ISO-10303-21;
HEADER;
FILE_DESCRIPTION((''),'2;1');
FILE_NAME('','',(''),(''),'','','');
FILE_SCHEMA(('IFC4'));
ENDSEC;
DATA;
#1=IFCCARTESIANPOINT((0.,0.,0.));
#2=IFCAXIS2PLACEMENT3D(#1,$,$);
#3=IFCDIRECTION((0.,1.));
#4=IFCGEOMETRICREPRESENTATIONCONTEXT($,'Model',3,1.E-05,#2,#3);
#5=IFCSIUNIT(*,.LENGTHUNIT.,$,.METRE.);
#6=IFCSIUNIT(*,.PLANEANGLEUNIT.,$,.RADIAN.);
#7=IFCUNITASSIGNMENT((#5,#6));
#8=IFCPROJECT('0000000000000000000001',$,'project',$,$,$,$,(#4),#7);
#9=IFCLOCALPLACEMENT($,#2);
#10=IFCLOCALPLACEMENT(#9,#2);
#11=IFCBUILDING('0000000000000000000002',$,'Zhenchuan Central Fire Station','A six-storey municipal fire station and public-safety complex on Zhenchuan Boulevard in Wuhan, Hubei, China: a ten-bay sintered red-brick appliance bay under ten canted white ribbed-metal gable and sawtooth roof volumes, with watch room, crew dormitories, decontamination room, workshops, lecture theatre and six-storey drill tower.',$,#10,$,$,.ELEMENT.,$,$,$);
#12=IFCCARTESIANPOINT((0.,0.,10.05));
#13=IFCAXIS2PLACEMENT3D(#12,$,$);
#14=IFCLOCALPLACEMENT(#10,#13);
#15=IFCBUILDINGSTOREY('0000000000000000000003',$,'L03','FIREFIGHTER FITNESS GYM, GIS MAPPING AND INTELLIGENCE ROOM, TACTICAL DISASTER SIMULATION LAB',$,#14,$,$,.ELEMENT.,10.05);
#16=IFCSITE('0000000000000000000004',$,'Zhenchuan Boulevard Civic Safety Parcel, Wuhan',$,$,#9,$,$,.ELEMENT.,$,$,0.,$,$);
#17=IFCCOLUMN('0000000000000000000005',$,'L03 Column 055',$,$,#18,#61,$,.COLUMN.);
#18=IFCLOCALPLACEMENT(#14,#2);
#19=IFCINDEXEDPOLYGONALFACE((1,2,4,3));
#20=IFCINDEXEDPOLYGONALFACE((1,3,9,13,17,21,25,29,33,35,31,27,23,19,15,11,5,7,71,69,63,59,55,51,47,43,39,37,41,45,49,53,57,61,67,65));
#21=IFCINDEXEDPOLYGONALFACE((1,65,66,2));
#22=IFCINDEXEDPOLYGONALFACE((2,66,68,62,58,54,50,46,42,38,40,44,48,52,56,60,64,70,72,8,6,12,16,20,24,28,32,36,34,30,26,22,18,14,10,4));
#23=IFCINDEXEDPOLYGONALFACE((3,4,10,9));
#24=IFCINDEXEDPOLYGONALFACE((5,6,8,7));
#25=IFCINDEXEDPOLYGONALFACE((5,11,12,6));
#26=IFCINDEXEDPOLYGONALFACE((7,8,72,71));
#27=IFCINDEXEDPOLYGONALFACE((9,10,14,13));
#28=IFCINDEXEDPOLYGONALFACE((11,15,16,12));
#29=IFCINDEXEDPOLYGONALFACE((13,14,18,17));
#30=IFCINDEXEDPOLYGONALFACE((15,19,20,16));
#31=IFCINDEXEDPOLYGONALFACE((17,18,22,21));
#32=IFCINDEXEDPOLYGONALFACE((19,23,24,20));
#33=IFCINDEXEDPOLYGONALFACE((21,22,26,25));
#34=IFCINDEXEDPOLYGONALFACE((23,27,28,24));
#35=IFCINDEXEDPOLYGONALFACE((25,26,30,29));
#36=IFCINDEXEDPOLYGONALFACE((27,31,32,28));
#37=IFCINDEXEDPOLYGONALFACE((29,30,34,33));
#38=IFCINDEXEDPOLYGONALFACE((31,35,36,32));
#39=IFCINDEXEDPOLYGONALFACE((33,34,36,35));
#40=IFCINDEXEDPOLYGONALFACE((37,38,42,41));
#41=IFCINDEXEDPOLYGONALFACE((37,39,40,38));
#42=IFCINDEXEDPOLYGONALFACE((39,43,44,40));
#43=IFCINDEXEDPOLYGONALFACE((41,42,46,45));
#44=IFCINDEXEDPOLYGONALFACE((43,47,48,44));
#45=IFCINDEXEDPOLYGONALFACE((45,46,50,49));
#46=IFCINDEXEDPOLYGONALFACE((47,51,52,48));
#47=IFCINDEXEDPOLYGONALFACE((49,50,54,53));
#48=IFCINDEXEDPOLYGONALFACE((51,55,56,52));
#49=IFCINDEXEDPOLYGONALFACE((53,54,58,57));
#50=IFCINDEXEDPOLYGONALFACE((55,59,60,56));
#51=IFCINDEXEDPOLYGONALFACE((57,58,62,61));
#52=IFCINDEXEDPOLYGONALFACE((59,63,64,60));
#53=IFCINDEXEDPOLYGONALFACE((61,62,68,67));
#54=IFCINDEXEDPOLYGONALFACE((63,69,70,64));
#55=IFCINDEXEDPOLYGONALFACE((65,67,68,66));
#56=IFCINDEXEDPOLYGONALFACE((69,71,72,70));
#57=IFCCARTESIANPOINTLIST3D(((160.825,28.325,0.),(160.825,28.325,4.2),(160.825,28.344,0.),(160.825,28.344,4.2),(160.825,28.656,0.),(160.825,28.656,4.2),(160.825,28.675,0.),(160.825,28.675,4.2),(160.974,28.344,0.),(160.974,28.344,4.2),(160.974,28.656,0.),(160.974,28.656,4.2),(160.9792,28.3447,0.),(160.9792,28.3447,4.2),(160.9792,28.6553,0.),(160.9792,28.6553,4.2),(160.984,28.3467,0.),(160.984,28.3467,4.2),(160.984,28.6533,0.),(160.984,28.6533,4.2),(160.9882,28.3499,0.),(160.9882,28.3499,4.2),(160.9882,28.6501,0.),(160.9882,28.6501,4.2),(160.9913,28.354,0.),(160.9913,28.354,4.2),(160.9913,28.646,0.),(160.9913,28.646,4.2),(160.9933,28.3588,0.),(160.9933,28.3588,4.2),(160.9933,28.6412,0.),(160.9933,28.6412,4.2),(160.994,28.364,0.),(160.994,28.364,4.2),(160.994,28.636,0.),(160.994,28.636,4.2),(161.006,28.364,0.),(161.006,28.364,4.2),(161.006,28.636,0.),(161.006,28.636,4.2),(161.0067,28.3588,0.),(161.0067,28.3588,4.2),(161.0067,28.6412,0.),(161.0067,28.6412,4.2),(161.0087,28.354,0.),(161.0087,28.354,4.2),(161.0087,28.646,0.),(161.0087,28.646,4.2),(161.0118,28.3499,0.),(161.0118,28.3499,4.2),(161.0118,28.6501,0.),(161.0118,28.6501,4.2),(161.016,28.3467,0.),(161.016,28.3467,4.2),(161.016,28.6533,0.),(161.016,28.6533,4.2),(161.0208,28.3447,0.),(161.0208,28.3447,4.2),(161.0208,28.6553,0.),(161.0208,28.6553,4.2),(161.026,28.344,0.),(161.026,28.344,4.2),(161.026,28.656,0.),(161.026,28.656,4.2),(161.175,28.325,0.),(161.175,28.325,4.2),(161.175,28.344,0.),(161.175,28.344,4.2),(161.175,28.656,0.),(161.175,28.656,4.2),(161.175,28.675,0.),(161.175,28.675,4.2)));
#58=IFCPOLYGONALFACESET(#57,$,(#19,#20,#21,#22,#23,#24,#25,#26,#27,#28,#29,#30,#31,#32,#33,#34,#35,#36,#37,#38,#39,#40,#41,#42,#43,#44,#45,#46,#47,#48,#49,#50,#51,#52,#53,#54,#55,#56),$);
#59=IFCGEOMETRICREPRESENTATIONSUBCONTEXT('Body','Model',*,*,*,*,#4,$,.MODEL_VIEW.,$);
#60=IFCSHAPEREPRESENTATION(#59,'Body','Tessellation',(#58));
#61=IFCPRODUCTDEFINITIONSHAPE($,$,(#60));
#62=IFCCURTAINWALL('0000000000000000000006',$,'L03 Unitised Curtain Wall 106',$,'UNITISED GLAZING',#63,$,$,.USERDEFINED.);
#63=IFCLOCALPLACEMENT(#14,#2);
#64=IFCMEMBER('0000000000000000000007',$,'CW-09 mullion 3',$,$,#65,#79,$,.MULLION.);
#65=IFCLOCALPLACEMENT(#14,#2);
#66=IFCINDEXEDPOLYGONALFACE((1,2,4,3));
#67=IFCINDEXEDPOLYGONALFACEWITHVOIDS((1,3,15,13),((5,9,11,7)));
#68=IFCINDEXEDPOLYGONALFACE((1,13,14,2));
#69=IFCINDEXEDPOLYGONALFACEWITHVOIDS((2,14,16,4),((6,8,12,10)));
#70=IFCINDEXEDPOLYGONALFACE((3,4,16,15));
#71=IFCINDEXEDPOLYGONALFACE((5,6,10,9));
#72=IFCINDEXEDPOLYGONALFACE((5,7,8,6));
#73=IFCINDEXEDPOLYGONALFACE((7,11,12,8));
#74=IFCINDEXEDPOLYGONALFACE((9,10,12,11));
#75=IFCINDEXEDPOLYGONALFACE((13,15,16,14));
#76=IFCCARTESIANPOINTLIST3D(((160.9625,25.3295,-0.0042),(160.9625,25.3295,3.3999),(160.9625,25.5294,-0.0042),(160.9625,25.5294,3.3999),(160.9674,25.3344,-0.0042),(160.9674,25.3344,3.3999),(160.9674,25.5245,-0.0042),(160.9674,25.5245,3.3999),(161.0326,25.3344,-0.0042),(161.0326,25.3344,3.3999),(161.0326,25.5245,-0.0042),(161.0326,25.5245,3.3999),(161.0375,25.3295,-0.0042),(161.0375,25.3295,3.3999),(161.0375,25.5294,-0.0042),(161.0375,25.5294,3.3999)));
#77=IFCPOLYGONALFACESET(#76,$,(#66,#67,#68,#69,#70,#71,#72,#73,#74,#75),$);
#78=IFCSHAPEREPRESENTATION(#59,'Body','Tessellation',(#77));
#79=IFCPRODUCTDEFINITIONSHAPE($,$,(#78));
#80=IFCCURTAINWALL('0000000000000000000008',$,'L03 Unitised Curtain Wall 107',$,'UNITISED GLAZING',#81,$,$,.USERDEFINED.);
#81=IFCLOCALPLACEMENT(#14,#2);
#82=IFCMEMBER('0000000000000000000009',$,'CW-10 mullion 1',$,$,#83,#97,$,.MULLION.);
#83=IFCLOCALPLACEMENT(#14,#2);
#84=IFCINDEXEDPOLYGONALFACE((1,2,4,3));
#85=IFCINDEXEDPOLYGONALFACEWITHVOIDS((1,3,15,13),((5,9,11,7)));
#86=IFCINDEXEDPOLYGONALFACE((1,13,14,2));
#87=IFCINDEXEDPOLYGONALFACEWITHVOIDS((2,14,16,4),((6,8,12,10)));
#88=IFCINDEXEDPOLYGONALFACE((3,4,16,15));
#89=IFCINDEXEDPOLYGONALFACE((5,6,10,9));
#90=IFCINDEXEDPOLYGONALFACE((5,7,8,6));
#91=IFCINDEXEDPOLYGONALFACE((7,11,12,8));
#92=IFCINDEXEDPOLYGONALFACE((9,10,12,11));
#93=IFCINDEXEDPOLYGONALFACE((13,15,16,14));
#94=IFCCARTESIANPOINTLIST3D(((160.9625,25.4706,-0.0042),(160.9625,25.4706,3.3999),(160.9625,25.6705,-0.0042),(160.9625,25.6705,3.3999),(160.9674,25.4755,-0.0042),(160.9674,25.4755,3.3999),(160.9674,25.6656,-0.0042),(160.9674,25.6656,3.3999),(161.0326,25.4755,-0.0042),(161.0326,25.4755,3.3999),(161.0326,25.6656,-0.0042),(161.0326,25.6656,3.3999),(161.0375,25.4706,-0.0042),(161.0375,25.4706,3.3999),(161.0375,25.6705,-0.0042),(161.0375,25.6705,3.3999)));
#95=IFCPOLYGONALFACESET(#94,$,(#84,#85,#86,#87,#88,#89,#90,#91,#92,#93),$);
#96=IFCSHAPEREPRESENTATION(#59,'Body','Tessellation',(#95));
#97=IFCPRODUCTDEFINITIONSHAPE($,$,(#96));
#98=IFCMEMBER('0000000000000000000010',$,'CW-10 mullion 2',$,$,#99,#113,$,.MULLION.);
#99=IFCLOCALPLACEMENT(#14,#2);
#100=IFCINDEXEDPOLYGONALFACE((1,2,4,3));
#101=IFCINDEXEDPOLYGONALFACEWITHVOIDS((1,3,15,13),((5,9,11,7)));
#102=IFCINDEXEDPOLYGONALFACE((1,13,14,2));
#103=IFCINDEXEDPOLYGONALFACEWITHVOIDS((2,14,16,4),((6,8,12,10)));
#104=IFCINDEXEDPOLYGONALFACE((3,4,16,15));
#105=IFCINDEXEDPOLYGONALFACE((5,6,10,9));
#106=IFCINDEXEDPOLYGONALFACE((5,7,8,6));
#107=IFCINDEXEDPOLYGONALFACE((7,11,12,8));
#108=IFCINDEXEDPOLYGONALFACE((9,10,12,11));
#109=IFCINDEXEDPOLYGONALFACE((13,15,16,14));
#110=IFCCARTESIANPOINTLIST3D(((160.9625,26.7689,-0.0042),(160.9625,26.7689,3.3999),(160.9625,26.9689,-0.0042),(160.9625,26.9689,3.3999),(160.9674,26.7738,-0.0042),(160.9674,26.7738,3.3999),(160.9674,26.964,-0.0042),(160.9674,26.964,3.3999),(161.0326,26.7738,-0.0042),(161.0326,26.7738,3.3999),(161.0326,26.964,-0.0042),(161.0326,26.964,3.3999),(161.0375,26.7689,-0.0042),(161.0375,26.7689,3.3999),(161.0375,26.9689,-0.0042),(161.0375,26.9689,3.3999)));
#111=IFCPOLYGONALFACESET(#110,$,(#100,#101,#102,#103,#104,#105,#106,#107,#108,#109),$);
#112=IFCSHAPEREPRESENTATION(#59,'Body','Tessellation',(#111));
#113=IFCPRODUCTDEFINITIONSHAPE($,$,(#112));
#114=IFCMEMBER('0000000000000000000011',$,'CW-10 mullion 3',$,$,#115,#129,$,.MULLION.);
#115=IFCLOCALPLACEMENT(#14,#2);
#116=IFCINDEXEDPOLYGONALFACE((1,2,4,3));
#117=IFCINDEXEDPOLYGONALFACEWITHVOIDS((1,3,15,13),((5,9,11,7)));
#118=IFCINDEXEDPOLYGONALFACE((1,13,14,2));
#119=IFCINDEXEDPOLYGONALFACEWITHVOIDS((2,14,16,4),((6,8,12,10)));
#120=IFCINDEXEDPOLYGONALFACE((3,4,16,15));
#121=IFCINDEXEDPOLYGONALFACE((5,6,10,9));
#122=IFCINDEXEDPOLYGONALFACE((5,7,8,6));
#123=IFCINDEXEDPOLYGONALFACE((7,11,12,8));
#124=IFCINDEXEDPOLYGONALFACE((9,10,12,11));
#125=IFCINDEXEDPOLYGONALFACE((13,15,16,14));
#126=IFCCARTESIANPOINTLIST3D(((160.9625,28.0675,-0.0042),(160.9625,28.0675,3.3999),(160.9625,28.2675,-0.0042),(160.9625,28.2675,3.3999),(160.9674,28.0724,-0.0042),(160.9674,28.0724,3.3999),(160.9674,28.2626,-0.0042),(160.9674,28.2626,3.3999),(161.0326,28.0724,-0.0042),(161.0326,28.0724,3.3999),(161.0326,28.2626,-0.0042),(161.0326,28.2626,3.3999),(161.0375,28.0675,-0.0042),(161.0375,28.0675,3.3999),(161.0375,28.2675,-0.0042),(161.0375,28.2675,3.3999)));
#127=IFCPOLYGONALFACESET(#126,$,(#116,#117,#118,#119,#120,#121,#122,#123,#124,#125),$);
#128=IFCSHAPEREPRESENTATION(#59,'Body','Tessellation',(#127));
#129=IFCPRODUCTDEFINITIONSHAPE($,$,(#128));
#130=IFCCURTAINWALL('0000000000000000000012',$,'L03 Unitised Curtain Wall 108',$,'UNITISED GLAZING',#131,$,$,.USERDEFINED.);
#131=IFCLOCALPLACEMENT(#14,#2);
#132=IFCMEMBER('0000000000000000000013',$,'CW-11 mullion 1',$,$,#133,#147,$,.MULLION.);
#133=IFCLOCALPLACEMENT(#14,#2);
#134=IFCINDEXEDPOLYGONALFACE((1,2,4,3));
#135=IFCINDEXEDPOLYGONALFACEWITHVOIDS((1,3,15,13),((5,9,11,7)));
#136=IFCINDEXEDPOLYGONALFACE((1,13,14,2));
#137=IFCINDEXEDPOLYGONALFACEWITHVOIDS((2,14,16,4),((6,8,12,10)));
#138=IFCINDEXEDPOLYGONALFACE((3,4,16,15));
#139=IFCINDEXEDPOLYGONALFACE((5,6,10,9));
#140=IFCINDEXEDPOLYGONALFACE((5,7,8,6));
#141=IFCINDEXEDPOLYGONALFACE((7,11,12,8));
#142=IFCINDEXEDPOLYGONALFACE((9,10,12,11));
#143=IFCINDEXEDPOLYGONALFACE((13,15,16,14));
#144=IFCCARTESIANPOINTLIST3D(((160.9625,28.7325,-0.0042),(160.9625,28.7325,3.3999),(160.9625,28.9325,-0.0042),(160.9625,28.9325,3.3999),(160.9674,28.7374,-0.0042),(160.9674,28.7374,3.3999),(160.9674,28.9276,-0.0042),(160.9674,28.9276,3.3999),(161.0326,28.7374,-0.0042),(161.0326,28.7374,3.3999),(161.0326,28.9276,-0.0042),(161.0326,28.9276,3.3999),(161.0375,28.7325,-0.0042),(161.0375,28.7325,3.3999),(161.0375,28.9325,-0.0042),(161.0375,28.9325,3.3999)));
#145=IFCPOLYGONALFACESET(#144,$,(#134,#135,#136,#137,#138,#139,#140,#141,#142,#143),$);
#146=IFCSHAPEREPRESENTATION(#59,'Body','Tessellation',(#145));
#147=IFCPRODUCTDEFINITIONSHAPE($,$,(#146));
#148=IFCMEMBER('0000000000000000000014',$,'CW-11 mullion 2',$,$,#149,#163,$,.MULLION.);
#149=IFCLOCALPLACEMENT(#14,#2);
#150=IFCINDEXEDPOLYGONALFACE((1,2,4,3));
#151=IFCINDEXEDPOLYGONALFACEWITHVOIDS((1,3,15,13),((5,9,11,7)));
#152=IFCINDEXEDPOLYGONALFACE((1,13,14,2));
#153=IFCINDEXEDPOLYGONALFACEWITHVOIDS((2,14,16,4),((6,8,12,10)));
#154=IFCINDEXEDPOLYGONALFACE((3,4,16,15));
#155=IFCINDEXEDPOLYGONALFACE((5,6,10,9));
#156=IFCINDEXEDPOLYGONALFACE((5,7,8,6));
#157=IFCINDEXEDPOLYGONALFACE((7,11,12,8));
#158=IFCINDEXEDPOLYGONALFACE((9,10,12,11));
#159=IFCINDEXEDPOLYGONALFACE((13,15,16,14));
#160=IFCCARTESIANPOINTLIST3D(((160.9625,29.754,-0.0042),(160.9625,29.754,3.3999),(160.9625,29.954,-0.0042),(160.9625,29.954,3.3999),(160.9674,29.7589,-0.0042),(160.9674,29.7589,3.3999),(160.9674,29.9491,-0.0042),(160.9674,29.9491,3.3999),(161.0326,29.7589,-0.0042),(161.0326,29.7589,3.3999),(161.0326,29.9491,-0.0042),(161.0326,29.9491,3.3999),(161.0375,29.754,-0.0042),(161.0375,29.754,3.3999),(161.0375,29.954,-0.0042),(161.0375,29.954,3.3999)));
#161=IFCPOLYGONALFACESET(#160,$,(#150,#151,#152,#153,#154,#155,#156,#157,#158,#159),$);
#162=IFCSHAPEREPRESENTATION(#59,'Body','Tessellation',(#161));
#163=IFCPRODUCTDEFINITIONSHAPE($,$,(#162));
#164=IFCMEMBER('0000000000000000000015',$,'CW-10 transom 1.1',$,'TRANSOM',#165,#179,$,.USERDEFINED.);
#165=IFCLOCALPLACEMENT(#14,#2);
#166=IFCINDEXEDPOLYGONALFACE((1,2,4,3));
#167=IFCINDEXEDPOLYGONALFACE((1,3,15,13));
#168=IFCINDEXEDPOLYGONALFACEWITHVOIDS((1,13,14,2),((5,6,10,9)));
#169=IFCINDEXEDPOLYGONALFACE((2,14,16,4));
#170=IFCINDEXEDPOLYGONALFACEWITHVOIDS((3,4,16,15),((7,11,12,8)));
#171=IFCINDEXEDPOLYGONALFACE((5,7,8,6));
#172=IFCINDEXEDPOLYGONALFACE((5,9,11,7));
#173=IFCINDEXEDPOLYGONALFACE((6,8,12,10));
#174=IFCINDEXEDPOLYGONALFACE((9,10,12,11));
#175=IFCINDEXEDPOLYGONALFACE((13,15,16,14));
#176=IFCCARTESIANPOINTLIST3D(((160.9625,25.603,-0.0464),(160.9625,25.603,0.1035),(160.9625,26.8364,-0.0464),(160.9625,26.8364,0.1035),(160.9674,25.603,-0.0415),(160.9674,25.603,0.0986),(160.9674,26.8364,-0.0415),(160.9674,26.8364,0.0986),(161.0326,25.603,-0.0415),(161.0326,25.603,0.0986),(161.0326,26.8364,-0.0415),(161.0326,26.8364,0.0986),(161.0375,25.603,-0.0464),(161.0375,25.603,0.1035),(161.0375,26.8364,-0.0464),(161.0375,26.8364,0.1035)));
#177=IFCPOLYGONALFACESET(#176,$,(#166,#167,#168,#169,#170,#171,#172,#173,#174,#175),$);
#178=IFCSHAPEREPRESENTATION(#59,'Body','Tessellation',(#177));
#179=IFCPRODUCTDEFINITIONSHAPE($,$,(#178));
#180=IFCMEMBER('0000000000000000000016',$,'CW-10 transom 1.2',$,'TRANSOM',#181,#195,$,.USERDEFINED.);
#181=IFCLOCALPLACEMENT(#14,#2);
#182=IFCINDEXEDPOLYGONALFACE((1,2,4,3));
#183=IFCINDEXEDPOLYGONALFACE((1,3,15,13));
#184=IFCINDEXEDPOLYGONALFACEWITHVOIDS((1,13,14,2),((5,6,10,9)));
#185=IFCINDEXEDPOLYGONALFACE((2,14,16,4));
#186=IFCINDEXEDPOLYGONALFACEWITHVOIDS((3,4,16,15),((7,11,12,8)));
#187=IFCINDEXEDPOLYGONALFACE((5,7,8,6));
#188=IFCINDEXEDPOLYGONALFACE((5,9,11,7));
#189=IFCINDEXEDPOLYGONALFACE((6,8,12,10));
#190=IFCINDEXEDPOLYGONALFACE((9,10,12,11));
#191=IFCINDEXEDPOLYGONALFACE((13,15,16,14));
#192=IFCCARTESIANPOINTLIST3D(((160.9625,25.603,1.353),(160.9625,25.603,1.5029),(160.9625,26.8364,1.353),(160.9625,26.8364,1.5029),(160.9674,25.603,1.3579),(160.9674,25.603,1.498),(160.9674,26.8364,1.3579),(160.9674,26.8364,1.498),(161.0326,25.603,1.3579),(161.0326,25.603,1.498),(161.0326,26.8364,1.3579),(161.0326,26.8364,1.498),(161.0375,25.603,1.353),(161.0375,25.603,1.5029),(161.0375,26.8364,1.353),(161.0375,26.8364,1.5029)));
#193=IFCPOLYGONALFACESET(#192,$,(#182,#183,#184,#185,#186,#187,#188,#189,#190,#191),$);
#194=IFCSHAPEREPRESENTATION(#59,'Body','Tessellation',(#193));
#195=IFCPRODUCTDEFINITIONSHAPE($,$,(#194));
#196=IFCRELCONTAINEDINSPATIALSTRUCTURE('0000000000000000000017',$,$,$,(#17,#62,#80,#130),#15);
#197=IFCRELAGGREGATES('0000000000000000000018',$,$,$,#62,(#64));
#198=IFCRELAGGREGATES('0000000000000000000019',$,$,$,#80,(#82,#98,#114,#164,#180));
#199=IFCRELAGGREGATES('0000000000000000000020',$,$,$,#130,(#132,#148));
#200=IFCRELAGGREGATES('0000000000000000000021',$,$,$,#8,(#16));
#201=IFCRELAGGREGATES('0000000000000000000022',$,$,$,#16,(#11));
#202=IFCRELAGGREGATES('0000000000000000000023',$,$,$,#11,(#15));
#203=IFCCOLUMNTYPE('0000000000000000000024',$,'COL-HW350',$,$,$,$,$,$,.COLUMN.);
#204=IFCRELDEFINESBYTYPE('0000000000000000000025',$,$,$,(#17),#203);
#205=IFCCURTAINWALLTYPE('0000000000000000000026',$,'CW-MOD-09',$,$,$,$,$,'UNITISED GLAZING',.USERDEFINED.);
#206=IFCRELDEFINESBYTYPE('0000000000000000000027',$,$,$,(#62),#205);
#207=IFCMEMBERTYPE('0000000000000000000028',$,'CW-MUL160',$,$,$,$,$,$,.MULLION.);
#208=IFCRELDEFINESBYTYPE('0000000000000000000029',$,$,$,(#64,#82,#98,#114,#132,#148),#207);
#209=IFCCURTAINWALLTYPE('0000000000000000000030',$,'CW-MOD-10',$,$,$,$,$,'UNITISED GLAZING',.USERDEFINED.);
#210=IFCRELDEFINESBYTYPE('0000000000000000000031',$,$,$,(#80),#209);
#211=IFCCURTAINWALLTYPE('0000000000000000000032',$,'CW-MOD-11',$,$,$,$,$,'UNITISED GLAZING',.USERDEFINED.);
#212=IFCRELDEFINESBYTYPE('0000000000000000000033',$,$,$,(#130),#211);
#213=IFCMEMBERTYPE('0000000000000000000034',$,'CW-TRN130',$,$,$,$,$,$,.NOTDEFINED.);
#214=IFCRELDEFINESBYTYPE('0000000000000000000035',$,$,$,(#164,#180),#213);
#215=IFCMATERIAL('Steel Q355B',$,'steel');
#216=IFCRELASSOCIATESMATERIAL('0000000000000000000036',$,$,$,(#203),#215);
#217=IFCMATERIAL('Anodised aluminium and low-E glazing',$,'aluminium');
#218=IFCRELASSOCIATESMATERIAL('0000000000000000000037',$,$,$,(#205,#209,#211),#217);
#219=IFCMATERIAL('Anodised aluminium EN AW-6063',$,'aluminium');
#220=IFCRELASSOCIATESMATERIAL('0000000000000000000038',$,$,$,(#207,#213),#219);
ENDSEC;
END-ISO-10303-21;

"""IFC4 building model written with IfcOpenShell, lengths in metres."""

from ifc_helpers import new_model, si_unit, direction, frame, origin, origin_2d, place, context, subcontext, project, spatial, hollow_rectangle, i_section, extrude, material, material_profile, profile_set, type_object, element, aggregate, save


model = new_model("IFC4")

# Units and contexts
model_context = context("Model", 3, precision=1e-05, world=origin(), true_north=direction((0.0, 1.0)))
body_context = subcontext(model_context, "Body", "Model", "MODEL_VIEW")
ifc_project = project(units=[si_unit("LENGTHUNIT", "METRE"), si_unit("PLANEANGLEUNIT", "RADIAN")], contexts=[model_context])

# Site, building, storey
site_placement = place(None, origin())
site = spatial("IfcSite", under=ifc_project, at=site_placement, Name="Zhenchuan Boulevard Civic Safety Parcel, Wuhan", CompositionType="ELEMENT", RefElevation=0.0)
building_placement = place(site_placement, origin())
building = spatial("IfcBuilding", under=site, at=building_placement, Name="Zhenchuan Central Fire Station", Description="A six-storey municipal fire station and public-safety complex on Zhenchuan Boulevard in Wuhan, Hubei, China: a ten-bay sintered red-brick appliance bay under ten canted white ribbed-metal gable and sawtooth roof volumes, with watch room, crew dormitories, decontamination room, workshops, lecture theatre and six-storey drill tower.", CompositionType="ELEMENT")
storey_placement = place(building_placement, frame((0.0, 0.0, 10.05)))
storey = spatial("IfcBuildingStorey", under=building, at=storey_placement, Name="L03", Description="FIREFIGHTER FITNESS GYM, GIS MAPPING AND INTELLIGENCE ROOM, TACTICAL DISASTER SIMULATION LAB", CompositionType="ELEMENT", Elevation=10.05)

# Column
ifc_material_1 = material(Name="Steel Q355B", Category="steel")
ifc_material_profile_1 = material_profile(ifc_material_1, i_section(OverallWidth=0.3501, OverallDepth=0.3501, WebThickness=0.012, FlangeThickness=0.019, FilletRadius=0.02, at=origin_2d()), Name="HW 350x350")
ifc_profile_set_1 = profile_set([ifc_material_profile_1], Name="Steel Q355B")
column_type = type_object("IfcColumnType", Name="COL-HW350", PredefinedType="COLUMN", material=ifc_profile_set_1)
column_placement = place(storey_placement, frame((161.0, 28.5, 0.0), z_axis=(0.0, 0.0, 1.0), x_axis=(1.0, 0.0, 0.0)))
element("IfcColumn", 1, at=column_placement, inside=storey, type_object=column_type, Name="L03 Column 055", PredefinedType="COLUMN", context=body_context, shape_type="SweptSolid", body=[
    extrude(i_section(OverallWidth=0.3501, OverallDepth=0.3501, WebThickness=0.012, FlangeThickness=0.019, FilletRadius=0.02, at=origin_2d()), origin(), (0.0, 0.0, 1.0), 4.2),
])

# Curtain wall, member
ifc_material_2 = material(Name="Anodised aluminium and low-E glazing", Category="aluminium")
curtain_wall_type_1 = type_object("IfcCurtainWallType", Name="CW-MOD-09", ElementType="UNITISED GLAZING", PredefinedType="USERDEFINED", material=ifc_material_2)
curtain_wall_1_placement = place(storey_placement, origin())
curtain_wall_1 = element("IfcCurtainWall", 2, at=curtain_wall_1_placement, inside=storey, type_object=curtain_wall_type_1, Name="L03 Unitised Curtain Wall 106", ObjectType="UNITISED GLAZING", PredefinedType="USERDEFINED")
ifc_material_3 = material(Name="Anodised aluminium EN AW-6063", Category="aluminium")
ifc_material_profile_2 = material_profile(ifc_material_3, hollow_rectangle(XDim=0.075, YDim=0.2, WallThickness=0.0049, at=origin_2d()), Name="ALU-M 200x75")
ifc_profile_set_2 = profile_set([ifc_material_profile_2], Name="Anodised aluminium EN AW-6063")
member_type_1 = type_object("IfcMemberType", Name="CW-MUL160", PredefinedType="MULLION", material=ifc_profile_set_2)
member_1_placement = place(storey_placement, frame((161.0, 25.4294, -0.0042), z_axis=(0.0, 0.0, 1.0), x_axis=(-1.0, 0.0, 0.0)))
member_1 = element("IfcMember", 3, at=member_1_placement, type_object=member_type_1, Name="CW-09 mullion 3", PredefinedType="MULLION", context=body_context, shape_type="SweptSolid", body=[
    extrude(hollow_rectangle(XDim=0.075, YDim=0.2, WallThickness=0.0049, at=origin_2d()), origin(), (0.0, 0.0, 1.0), 3.4041),
])

# Curtain walls, members
curtain_wall_type_2 = type_object("IfcCurtainWallType", Name="CW-MOD-10", ElementType="UNITISED GLAZING", PredefinedType="USERDEFINED", material=ifc_material_2)
curtain_wall_2_placement = place(storey_placement, origin())
curtain_wall_2 = element("IfcCurtainWall", 4, at=curtain_wall_2_placement, inside=storey, type_object=curtain_wall_type_2, Name="L03 Unitised Curtain Wall 107", ObjectType="UNITISED GLAZING", PredefinedType="USERDEFINED")
member_2_placement = place(storey_placement, frame((161.0, 25.5706, -0.0042), z_axis=(0.0, 0.0, 1.0), x_axis=(-1.0, 0.0, 0.0)))
member_2 = element("IfcMember", 5, at=member_2_placement, type_object=member_type_1, Name="CW-10 mullion 1", PredefinedType="MULLION", context=body_context, shape_type="SweptSolid", body=[
    extrude(hollow_rectangle(XDim=0.075, YDim=0.2, WallThickness=0.0049, at=origin_2d()), origin(), (0.0, 0.0, 1.0), 3.4041),
])
member_3_placement = place(storey_placement, frame((161.0, 26.8689, -0.0042), z_axis=(0.0, 0.0, 1.0), x_axis=(-1.0, 0.0, 0.0)))
member_3 = element("IfcMember", 6, at=member_3_placement, type_object=member_type_1, Name="CW-10 mullion 2", PredefinedType="MULLION", context=body_context, shape_type="SweptSolid", body=[
    extrude(hollow_rectangle(XDim=0.075, YDim=0.2, WallThickness=0.0049, at=origin_2d()), origin(), (0.0, 0.0, 1.0), 3.4041),
])
member_4_placement = place(storey_placement, frame((161.0, 28.1675, -0.0042), z_axis=(0.0, 0.0, 1.0), x_axis=(-1.0, 0.0, 0.0)))
member_4 = element("IfcMember", 7, at=member_4_placement, type_object=member_type_1, Name="CW-10 mullion 3", PredefinedType="MULLION", context=body_context, shape_type="SweptSolid", body=[
    extrude(hollow_rectangle(XDim=0.075, YDim=0.2, WallThickness=0.0049, at=origin_2d()), origin(), (0.0, 0.0, 1.0), 3.4041),
])
curtain_wall_type_3 = type_object("IfcCurtainWallType", Name="CW-MOD-11", ElementType="UNITISED GLAZING", PredefinedType="USERDEFINED", material=ifc_material_2)
curtain_wall_3_placement = place(storey_placement, origin())
curtain_wall_3 = element("IfcCurtainWall", 8, at=curtain_wall_3_placement, inside=storey, type_object=curtain_wall_type_3, Name="L03 Unitised Curtain Wall 108", ObjectType="UNITISED GLAZING", PredefinedType="USERDEFINED")
member_5_placement = place(storey_placement, frame((161.0, 28.8325, -0.0042), z_axis=(0.0, 0.0, 1.0), x_axis=(-1.0, 0.0, 0.0)))
member_5 = element("IfcMember", 9, at=member_5_placement, type_object=member_type_1, Name="CW-11 mullion 1", PredefinedType="MULLION", context=body_context, shape_type="SweptSolid", body=[
    extrude(hollow_rectangle(XDim=0.075, YDim=0.2, WallThickness=0.0049, at=origin_2d()), origin(), (0.0, 0.0, 1.0), 3.4041),
])
member_6_placement = place(storey_placement, frame((161.0, 29.854, -0.0042), z_axis=(0.0, 0.0, 1.0), x_axis=(-1.0, 0.0, 0.0)))
member_6 = element("IfcMember", 10, at=member_6_placement, type_object=member_type_1, Name="CW-11 mullion 2", PredefinedType="MULLION", context=body_context, shape_type="SweptSolid", body=[
    extrude(hollow_rectangle(XDim=0.075, YDim=0.2, WallThickness=0.0049, at=origin_2d()), origin(), (0.0, 0.0, 1.0), 3.4041),
])

# Members
ifc_material_profile_3 = material_profile(ifc_material_3, hollow_rectangle(XDim=0.075, YDim=0.1499, WallThickness=0.0049, at=origin_2d()), Name="ALU-T 150x75")
ifc_profile_set_3 = profile_set([ifc_material_profile_3], Name="Anodised aluminium EN AW-6063")
member_type_2 = type_object("IfcMemberType", Name="CW-TRN130", PredefinedType="NOTDEFINED", material=ifc_profile_set_3)
member_7_placement = place(storey_placement, frame((161.0, 25.603, 0.0286), z_axis=(0.0, 1.0, 0.0), x_axis=(-1.0, 0.0, 0.0)))
member_7 = element("IfcMember", 11, at=member_7_placement, type_object=member_type_2, Name="CW-10 transom 1.1", ObjectType="TRANSOM", PredefinedType="USERDEFINED", context=body_context, shape_type="SweptSolid", body=[
    extrude(hollow_rectangle(XDim=0.075, YDim=0.1499, WallThickness=0.0049, at=origin_2d()), origin(), (0.0, 0.0, 1.0), 1.2334),
])
member_8_placement = place(storey_placement, frame((161.0, 25.603, 1.428), z_axis=(0.0, 1.0, 0.0), x_axis=(-1.0, 0.0, 0.0)))
member_8 = element("IfcMember", 12, at=member_8_placement, type_object=member_type_2, Name="CW-10 transom 1.2", ObjectType="TRANSOM", PredefinedType="USERDEFINED", context=body_context, shape_type="SweptSolid", body=[
    extrude(hollow_rectangle(XDim=0.075, YDim=0.1499, WallThickness=0.0049, at=origin_2d()), origin(), (0.0, 0.0, 1.0), 1.2334),
])

aggregate(curtain_wall_1, [member_1])
aggregate(curtain_wall_2, [member_2, member_3, member_4, member_7, member_8])
aggregate(curtain_wall_3, [member_5, member_6])

save(model, "model.ifc")
